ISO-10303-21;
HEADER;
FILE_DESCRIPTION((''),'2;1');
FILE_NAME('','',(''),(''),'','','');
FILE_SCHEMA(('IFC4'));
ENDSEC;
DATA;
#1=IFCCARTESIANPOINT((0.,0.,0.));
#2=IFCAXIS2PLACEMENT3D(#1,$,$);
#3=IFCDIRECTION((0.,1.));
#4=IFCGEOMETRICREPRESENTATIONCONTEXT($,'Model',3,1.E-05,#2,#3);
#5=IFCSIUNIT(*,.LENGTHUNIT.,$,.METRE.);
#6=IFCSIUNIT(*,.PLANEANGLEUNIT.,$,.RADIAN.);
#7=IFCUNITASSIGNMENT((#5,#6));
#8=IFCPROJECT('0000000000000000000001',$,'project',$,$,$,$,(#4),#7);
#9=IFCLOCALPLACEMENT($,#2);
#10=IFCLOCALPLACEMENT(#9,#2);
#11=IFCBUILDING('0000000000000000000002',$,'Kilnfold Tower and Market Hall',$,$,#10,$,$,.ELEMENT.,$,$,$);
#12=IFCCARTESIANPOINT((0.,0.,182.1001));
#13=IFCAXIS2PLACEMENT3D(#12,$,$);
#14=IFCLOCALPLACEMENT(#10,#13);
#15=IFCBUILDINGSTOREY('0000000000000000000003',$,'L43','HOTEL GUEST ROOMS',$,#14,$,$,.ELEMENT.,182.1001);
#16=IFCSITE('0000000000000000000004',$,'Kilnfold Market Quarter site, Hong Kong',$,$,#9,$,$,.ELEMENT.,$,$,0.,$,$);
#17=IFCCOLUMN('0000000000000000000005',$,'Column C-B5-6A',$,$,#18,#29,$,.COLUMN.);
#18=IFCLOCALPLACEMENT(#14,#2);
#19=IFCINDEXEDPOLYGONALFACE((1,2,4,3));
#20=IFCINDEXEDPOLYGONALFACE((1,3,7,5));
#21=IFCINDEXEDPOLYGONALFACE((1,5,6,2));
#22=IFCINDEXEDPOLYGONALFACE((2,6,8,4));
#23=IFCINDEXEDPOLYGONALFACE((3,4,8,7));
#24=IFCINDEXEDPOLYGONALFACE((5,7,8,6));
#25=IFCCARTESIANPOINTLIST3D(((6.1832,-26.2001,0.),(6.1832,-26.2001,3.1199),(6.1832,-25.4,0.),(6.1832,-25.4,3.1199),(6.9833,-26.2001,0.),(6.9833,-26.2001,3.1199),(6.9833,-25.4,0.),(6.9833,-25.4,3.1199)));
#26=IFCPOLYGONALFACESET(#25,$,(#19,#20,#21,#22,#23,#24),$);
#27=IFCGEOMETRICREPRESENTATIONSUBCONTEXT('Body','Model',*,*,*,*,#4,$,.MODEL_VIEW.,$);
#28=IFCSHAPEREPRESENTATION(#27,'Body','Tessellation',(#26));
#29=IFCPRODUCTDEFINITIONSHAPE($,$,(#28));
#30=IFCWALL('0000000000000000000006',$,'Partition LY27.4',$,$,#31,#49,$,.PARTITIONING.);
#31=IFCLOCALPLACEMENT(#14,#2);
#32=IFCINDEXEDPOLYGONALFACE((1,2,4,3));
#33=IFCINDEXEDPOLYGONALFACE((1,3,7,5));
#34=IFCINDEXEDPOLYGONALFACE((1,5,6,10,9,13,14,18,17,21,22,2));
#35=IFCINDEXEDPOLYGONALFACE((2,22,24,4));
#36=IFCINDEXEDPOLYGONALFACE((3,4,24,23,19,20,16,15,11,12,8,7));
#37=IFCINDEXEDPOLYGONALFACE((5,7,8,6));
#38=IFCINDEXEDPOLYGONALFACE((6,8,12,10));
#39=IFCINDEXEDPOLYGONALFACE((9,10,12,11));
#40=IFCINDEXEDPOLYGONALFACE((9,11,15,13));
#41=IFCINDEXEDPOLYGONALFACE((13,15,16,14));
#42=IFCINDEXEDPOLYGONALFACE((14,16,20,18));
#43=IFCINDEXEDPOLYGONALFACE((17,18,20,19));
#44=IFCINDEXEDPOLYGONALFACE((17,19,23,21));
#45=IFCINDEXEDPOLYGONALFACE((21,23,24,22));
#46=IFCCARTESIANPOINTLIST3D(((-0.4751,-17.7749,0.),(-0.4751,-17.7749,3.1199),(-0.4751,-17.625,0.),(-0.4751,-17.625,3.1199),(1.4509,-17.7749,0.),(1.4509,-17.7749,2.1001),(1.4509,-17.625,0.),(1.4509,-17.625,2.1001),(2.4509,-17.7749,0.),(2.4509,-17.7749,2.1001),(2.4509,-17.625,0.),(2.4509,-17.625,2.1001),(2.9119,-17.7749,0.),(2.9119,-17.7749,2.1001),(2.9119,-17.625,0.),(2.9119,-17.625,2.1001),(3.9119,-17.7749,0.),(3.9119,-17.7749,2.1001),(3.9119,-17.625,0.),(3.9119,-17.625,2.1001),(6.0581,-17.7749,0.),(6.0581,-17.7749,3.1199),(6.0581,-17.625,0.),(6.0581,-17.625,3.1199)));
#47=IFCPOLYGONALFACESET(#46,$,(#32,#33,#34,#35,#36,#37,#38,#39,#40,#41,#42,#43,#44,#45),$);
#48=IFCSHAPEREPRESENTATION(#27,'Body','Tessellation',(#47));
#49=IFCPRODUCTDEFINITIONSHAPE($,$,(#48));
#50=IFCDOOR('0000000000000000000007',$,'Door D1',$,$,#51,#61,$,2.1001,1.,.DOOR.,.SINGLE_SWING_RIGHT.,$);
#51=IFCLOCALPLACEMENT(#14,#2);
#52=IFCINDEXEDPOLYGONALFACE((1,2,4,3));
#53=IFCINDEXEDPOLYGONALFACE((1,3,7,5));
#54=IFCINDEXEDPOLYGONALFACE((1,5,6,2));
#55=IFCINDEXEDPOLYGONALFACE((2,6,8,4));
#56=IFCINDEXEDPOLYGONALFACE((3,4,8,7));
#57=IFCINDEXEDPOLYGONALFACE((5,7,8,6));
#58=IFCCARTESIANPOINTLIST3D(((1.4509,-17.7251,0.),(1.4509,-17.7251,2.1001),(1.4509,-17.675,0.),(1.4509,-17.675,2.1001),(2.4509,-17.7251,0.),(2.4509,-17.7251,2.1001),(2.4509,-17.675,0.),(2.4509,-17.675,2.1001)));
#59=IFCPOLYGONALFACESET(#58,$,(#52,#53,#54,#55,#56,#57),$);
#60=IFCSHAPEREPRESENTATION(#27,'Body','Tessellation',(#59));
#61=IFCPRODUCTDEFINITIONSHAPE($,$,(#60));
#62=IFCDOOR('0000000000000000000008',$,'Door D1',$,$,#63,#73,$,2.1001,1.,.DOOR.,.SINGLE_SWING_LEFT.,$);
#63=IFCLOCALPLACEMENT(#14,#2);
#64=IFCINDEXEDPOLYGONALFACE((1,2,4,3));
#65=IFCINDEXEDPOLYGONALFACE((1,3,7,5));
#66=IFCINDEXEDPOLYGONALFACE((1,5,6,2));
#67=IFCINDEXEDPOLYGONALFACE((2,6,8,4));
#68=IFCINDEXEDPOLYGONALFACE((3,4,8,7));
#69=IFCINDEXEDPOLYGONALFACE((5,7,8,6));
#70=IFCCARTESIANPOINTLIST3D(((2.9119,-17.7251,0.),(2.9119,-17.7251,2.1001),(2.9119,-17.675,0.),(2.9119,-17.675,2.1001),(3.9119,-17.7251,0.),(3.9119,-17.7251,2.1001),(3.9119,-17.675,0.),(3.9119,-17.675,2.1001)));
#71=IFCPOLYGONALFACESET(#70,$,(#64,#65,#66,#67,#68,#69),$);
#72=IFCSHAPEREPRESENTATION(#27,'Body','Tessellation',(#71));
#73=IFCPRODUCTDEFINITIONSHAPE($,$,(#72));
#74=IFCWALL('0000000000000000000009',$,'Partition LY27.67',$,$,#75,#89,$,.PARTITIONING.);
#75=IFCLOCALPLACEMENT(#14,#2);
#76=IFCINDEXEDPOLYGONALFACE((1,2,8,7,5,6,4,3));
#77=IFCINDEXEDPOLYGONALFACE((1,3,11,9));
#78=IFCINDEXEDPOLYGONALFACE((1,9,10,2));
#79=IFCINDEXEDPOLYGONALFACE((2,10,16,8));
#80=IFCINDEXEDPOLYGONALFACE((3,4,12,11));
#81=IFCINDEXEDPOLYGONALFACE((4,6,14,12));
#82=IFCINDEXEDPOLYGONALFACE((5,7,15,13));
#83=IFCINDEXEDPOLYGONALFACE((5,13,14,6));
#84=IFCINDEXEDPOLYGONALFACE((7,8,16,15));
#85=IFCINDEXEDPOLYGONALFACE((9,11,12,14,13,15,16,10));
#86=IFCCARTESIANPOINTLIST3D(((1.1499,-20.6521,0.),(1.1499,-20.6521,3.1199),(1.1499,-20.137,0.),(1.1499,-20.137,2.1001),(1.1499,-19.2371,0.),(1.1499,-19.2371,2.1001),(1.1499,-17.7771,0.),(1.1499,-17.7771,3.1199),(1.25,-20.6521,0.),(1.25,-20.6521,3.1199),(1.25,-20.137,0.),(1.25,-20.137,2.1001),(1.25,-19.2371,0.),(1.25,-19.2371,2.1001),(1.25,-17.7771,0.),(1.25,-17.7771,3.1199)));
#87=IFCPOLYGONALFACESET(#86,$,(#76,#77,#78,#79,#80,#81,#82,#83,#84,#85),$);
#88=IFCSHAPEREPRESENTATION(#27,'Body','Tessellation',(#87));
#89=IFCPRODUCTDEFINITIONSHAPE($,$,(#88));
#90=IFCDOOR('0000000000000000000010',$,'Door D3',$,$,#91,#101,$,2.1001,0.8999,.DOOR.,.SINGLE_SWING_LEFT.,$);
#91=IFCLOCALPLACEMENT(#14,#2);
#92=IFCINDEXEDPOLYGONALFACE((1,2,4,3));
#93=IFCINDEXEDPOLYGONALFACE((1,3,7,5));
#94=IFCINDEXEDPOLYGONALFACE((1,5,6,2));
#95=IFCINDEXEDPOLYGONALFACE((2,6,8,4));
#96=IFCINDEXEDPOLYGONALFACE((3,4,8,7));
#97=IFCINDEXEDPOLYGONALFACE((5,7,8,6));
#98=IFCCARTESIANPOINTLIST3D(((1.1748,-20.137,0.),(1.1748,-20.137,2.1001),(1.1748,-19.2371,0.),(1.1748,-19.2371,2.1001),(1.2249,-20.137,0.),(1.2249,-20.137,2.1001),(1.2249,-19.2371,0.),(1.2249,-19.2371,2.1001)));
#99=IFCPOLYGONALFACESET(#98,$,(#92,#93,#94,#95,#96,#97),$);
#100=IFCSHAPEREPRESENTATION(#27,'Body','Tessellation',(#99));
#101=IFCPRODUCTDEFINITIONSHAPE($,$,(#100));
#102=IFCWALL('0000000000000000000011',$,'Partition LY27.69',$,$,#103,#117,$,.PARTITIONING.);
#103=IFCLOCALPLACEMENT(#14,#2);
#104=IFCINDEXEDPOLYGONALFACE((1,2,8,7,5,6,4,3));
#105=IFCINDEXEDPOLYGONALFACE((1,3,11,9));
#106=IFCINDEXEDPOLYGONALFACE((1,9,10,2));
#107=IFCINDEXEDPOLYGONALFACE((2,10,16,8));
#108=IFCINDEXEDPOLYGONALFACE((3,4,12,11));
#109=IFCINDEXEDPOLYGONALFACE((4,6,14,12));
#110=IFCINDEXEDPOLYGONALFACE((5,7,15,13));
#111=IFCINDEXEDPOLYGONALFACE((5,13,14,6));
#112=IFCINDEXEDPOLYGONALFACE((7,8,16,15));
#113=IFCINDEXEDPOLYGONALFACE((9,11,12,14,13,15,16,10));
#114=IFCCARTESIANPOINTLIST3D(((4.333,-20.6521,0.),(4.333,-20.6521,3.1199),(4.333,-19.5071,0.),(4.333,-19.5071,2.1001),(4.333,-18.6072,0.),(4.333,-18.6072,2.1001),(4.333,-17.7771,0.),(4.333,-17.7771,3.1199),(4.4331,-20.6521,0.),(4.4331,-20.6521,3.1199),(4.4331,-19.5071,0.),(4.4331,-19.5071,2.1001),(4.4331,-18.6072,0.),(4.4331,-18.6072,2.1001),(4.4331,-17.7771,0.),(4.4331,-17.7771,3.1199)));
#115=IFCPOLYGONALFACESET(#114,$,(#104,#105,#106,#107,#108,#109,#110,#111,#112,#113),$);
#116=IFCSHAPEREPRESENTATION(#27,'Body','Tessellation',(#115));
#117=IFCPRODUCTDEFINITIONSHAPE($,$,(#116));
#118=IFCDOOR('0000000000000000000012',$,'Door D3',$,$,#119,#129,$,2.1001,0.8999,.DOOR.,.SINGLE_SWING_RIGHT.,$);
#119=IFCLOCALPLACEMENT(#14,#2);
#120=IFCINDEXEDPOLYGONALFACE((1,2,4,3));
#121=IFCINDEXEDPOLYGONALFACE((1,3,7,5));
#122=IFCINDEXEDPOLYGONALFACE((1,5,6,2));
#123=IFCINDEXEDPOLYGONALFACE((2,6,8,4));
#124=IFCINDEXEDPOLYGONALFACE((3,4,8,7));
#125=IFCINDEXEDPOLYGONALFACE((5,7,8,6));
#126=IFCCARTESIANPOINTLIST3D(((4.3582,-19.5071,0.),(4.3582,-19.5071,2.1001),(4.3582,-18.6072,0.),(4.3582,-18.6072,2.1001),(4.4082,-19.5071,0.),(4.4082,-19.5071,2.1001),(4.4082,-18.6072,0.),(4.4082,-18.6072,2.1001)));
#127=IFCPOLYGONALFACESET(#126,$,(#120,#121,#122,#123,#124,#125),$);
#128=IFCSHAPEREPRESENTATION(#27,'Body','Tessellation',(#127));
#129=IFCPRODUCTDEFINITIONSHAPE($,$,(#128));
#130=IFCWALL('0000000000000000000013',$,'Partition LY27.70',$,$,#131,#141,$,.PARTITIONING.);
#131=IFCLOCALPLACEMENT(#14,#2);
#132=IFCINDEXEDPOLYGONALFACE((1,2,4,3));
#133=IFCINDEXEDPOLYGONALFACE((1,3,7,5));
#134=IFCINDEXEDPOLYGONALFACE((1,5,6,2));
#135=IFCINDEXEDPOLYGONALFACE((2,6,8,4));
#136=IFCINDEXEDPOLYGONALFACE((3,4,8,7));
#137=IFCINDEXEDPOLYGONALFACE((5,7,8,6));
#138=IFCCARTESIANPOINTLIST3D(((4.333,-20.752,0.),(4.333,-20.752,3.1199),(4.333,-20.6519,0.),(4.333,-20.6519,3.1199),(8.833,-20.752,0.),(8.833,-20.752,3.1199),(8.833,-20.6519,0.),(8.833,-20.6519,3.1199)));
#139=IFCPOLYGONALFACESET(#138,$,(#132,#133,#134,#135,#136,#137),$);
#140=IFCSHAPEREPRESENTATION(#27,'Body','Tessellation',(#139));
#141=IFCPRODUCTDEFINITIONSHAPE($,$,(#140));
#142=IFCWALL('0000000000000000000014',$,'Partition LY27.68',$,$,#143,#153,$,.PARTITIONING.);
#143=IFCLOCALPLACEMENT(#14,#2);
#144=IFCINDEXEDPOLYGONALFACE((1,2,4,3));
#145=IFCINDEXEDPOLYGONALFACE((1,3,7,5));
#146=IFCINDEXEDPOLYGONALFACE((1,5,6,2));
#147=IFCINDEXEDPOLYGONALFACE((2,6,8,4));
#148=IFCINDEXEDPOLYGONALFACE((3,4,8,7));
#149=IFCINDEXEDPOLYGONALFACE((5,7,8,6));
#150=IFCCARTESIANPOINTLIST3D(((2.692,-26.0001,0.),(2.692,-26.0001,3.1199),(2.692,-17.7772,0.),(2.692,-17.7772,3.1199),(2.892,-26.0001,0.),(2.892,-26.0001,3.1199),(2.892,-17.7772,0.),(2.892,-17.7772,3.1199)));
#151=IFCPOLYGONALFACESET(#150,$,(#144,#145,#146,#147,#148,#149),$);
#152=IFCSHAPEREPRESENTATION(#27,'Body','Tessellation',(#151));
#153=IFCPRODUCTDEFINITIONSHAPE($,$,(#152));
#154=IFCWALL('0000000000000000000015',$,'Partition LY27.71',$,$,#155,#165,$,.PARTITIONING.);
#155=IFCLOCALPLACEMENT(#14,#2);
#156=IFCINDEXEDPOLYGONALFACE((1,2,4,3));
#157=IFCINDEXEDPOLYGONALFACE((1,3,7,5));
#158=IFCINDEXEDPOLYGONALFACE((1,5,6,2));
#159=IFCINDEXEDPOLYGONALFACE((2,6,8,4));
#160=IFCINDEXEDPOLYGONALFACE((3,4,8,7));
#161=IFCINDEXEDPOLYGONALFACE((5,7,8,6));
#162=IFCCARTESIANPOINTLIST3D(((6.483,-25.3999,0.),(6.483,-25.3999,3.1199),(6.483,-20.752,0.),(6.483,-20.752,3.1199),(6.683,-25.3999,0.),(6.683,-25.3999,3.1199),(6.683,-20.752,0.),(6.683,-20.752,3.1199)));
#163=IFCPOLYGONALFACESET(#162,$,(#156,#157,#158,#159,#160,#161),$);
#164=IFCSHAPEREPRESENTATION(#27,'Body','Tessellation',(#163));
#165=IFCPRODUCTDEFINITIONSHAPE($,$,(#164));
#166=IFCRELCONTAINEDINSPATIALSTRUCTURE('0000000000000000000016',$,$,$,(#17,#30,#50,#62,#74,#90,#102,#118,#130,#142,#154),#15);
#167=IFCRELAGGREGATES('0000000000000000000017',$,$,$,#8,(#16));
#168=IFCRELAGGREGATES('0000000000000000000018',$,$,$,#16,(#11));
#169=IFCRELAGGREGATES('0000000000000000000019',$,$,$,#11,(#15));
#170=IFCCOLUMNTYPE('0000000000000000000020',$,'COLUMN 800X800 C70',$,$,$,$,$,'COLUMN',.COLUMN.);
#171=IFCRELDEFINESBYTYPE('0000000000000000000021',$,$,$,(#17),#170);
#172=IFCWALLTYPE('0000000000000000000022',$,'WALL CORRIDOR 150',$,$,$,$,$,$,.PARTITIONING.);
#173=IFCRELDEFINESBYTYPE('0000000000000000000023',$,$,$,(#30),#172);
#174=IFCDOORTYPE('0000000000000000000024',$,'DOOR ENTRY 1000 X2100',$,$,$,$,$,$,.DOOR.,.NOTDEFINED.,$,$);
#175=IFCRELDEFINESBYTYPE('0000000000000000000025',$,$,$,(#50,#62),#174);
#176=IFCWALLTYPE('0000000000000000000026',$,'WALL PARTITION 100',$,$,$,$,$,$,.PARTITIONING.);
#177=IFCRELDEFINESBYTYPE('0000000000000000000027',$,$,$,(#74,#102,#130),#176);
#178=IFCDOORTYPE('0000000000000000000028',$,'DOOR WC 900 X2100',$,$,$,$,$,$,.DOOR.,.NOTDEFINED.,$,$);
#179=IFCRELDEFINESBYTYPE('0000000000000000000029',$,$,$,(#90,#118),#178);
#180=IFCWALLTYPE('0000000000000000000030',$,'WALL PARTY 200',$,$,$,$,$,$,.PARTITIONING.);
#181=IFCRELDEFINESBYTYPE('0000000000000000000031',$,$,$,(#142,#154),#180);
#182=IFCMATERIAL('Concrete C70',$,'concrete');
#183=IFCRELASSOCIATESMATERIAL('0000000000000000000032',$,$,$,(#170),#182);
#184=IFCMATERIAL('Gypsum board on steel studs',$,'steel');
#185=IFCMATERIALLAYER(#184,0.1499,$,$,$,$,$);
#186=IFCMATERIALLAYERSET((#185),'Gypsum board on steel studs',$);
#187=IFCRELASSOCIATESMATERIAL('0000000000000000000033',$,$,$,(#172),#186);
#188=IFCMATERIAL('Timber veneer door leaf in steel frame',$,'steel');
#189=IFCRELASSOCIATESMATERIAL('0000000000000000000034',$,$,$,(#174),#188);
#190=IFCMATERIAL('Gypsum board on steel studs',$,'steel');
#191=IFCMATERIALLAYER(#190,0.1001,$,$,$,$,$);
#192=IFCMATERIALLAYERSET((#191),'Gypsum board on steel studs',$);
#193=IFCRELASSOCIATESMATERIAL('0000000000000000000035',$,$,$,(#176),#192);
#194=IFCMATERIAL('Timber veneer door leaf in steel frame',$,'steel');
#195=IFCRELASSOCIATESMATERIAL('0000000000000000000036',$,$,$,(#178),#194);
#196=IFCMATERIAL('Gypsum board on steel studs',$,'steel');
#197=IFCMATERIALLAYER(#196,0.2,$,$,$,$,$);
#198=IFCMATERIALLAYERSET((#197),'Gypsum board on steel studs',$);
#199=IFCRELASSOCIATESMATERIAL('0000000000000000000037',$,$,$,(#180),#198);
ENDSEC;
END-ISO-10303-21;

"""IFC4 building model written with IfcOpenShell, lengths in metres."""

from ifc_helpers import new_model, si_unit, direction, frame, frame_2d, origin, origin_2d, place, context, subcontext, project, spatial, rectangle, extrude, source, transform, mapped, material, layer, layer_set, material_profile, profile_set, type_object, element, fill, save


model = new_model("IFC4")

# Units and contexts
model_context = context("Model", 3, precision=1e-05, world=origin(), true_north=direction((0.0, 1.0)))
body_context = subcontext(model_context, "Body", "Model", "MODEL_VIEW")
ifc_project = project(units=[si_unit("LENGTHUNIT", "METRE"), si_unit("PLANEANGLEUNIT", "RADIAN")], contexts=[model_context])

# Site, building, storey
site_placement = place(None, origin())
site = spatial("IfcSite", under=ifc_project, at=site_placement, Name="Kilnfold Market Quarter site, Hong Kong", CompositionType="ELEMENT", RefElevation=0.0)
building_placement = place(site_placement, origin())
building = spatial("IfcBuilding", under=site, at=building_placement, Name="Kilnfold Tower and Market Hall", CompositionType="ELEMENT")
storey_placement = place(building_placement, frame((0.0, 0.0, 182.1001)))
storey = spatial("IfcBuildingStorey", under=building, at=storey_placement, Name="L43", Description="HOTEL GUEST ROOMS", CompositionType="ELEMENT", Elevation=182.1001)

# Column
ifc_material_1 = material(Name="Concrete C70", Category="concrete")
ifc_material_profile_1 = material_profile(ifc_material_1, rectangle(XDim=0.8, YDim=0.8, at=origin_2d()), Name="RC 800x800")
ifc_profile_set_1 = profile_set([ifc_material_profile_1], Name="Concrete C70")
column_type = type_object("IfcColumnType", Name="COLUMN 800X800 C70", ElementType="COLUMN", PredefinedType="COLUMN", material=ifc_profile_set_1)
shared_shape_1 = source(origin(), body_context, "Body", "SweptSolid", [
    extrude(rectangle(XDim=0.8, YDim=0.8, at=origin_2d()), origin(), (0.0, 0.0, 1.0), 3.1199),
])
column_placement = place(storey_placement, frame((6.5833, -25.8, 0.0), z_axis=(0.0, 0.0, 1.0), x_axis=(1.0, 0.0, 0.0)))
element("IfcColumn", 1, at=column_placement, inside=storey, type_object=column_type, Name="Column C-B5-6A", PredefinedType="COLUMN", context=body_context, shape_type="MappedRepresentation", body=[
    mapped(shared_shape_1, transform((0.0, 0.0, 0.0))),
])

# Wall, openings, doors
ifc_material_2 = material(Name="Gypsum board on steel studs", Category="steel")
ifc_layer_1 = layer(ifc_material_2, 0.1499)
ifc_layer_set_1 = layer_set([ifc_layer_1], Name="Gypsum board on steel studs")
wall_type_1 = type_object("IfcWallType", Name="WALL CORRIDOR 150", PredefinedType="PARTITIONING", material=ifc_layer_set_1)
wall_1_placement = place(storey_placement, frame((-0.4751, -17.7, 0.0), z_axis=(0.0, 0.0, 1.0), x_axis=(1.0, 0.0, 0.0)))
wall_1 = element("IfcWall", 2, at=wall_1_placement, inside=storey, type_object=wall_type_1, Name="Partition LY27.4", PredefinedType="PARTITIONING", context=body_context, shape_type="SweptSolid", body=[
    extrude(rectangle(XDim=6.5332, YDim=0.1499, at=frame_2d((3.2666, 0.0))), origin(), (0.0, 0.0, 1.0), 3.1199),
])
opening_1_placement = place(wall_1_placement, frame((1.926, 0.0, 0.0)))
opening_1 = element("IfcOpeningElement", 3, at=opening_1_placement, cuts=wall_1, PredefinedType="OPENING", context=body_context, shape_type="SweptSolid", body=[
    extrude(rectangle(XDim=1.0, YDim=2.1001, at=frame_2d((0.5, 1.05))), frame((0.0, 0.085, 0.0), z_axis=(0.0, -1.0, 0.0), x_axis=(1.0, 0.0, 0.0)), (0.0, 0.0, 1.0), 0.1699),
])
opening_2_placement = place(wall_1_placement, frame((3.387, 0.0, 0.0)))
opening_2 = element("IfcOpeningElement", 4, at=opening_2_placement, cuts=wall_1, PredefinedType="OPENING", context=body_context, shape_type="SweptSolid", body=[
    extrude(rectangle(XDim=1.0, YDim=2.1001, at=frame_2d((0.5, 1.05))), frame((0.0, 0.085, 0.0), z_axis=(0.0, -1.0, 0.0), x_axis=(1.0, 0.0, 0.0)), (0.0, 0.0, 1.0), 0.1699),
])
ifc_material_3 = material(Name="Timber veneer door leaf in steel frame", Category="steel")
door_type_1 = type_object("IfcDoorType", Name="DOOR ENTRY 1000 X2100", OperationType="NOTDEFINED", PredefinedType="DOOR", material=ifc_material_3)
door_1_placement = place(opening_1_placement, origin())
door_1 = element("IfcDoor", 5, at=door_1_placement, inside=storey, type_object=door_type_1, Name="Door D1", OperationType="SINGLE_SWING_RIGHT", OverallHeight=2.1001, OverallWidth=1.0, PredefinedType="DOOR", context=body_context, shape_type="SweptSolid", body=[
    extrude(rectangle(XDim=1.0, YDim=2.1001, at=frame_2d((0.5, 1.05))), frame((0.0, 0.0249, 0.0), z_axis=(0.0, -1.0, 0.0), x_axis=(1.0, 0.0, 0.0)), (0.0, 0.0, 1.0), 0.05),
])
fill(opening_1, door_1)
door_2_placement = place(opening_2_placement, origin())
door_2 = element("IfcDoor", 6, at=door_2_placement, inside=storey, type_object=door_type_1, Name="Door D1", OperationType="SINGLE_SWING_LEFT", OverallHeight=2.1001, OverallWidth=1.0, PredefinedType="DOOR", context=body_context, shape_type="SweptSolid", body=[
    extrude(rectangle(XDim=1.0, YDim=2.1001, at=frame_2d((0.5, 1.05))), frame((0.0, 0.0249, 0.0), z_axis=(0.0, -1.0, 0.0), x_axis=(1.0, 0.0, 0.0)), (0.0, 0.0, 1.0), 0.05),
])
fill(opening_2, door_2)

# Walls, openings, doors
ifc_material_4 = material(Name="Gypsum board on steel studs", Category="steel")
ifc_layer_2 = layer(ifc_material_4, 0.1001)
ifc_layer_set_2 = layer_set([ifc_layer_2], Name="Gypsum board on steel studs")
wall_type_2 = type_object("IfcWallType", Name="WALL PARTITION 100", PredefinedType="PARTITIONING", material=ifc_layer_set_2)
wall_2_placement = place(storey_placement, frame((1.2, -17.7771, 0.0), z_axis=(0.0, 0.0, 1.0), x_axis=(0.0, -1.0, 0.0)))
wall_2 = element("IfcWall", 7, at=wall_2_placement, inside=storey, type_object=wall_type_2, Name="Partition LY27.67", PredefinedType="PARTITIONING", context=body_context, shape_type="SweptSolid", body=[
    extrude(rectangle(XDim=2.875, YDim=0.1001, at=frame_2d((1.4375, 0.0))), origin(), (0.0, 0.0, 1.0), 3.1199),
])
opening_3_placement = place(wall_2_placement, frame((1.46, 0.0, 0.0)))
opening_3 = element("IfcOpeningElement", 8, at=opening_3_placement, cuts=wall_2, PredefinedType="OPENING", context=body_context, shape_type="SweptSolid", body=[
    extrude(rectangle(XDim=0.8999, YDim=2.1001, at=frame_2d((0.45, 1.05))), frame((0.0, 0.0601, 0.0), z_axis=(0.0, -1.0, 0.0), x_axis=(1.0, 0.0, 0.0)), (0.0, 0.0, 1.0), 0.1201),
])
ifc_material_5 = material(Name="Timber veneer door leaf in steel frame", Category="steel")
door_type_2 = type_object("IfcDoorType", Name="DOOR WC 900 X2100", OperationType="NOTDEFINED", PredefinedType="DOOR", material=ifc_material_5)
door_3_placement = place(opening_3_placement, origin())
door_3 = element("IfcDoor", 9, at=door_3_placement, inside=storey, type_object=door_type_2, Name="Door D3", OperationType="SINGLE_SWING_LEFT", OverallHeight=2.1001, OverallWidth=0.8999, PredefinedType="DOOR", context=body_context, shape_type="SweptSolid", body=[
    extrude(rectangle(XDim=0.8999, YDim=2.1001, at=frame_2d((0.45, 1.05))), frame((0.0, 0.0249, 0.0), z_axis=(0.0, -1.0, 0.0), x_axis=(1.0, 0.0, 0.0)), (0.0, 0.0, 1.0), 0.05),
])
fill(opening_3, door_3)
wall_3_placement = place(storey_placement, frame((4.3831, -20.6521, 0.0), z_axis=(0.0, 0.0, 1.0), x_axis=(0.0, 1.0, 0.0)))
wall_3 = element("IfcWall", 10, at=wall_3_placement, inside=storey, type_object=wall_type_2, Name="Partition LY27.69", PredefinedType="PARTITIONING", context=body_context, shape_type="SweptSolid", body=[
    extrude(rectangle(XDim=2.875, YDim=0.1001, at=frame_2d((1.4375, 0.0))), origin(), (0.0, 0.0, 1.0), 3.1199),
])
opening_4_placement = place(wall_3_placement, frame((1.145, 0.0, 0.0)))
opening_4 = element("IfcOpeningElement", 11, at=opening_4_placement, cuts=wall_3, PredefinedType="OPENING", context=body_context, shape_type="SweptSolid", body=[
    extrude(rectangle(XDim=0.8999, YDim=2.1001, at=frame_2d((0.45, 1.05))), frame((0.0, 0.0601, 0.0), z_axis=(0.0, -1.0, 0.0), x_axis=(1.0, 0.0, 0.0)), (0.0, 0.0, 1.0), 0.1201),
])
door_4_placement = place(opening_4_placement, origin())
door_4 = element("IfcDoor", 12, at=door_4_placement, inside=storey, type_object=door_type_2, Name="Door D3", OperationType="SINGLE_SWING_RIGHT", OverallHeight=2.1001, OverallWidth=0.8999, PredefinedType="DOOR", context=body_context, shape_type="SweptSolid", body=[
    extrude(rectangle(XDim=0.8999, YDim=2.1001, at=frame_2d((0.45, 1.05))), frame((0.0, 0.0249, 0.0), z_axis=(0.0, -1.0, 0.0), x_axis=(1.0, 0.0, 0.0)), (0.0, 0.0, 1.0), 0.05),
])
fill(opening_4, door_4)

# Walls
wall_4_placement = place(storey_placement, frame((4.333, -20.7019, 0.0), z_axis=(0.0, 0.0, 1.0), x_axis=(1.0, 0.0, 0.0)))
element("IfcWall", 13, at=wall_4_placement, inside=storey, type_object=wall_type_2, Name="Partition LY27.70", PredefinedType="PARTITIONING", context=body_context, shape_type="SweptSolid", body=[
    extrude(rectangle(XDim=4.5, YDim=0.1001, at=frame_2d((2.25, 0.0))), origin(), (0.0, 0.0, 1.0), 3.1199),
])
ifc_material_6 = material(Name="Gypsum board on steel studs", Category="steel")
ifc_layer_3 = layer(ifc_material_6, 0.2)
ifc_layer_set_3 = layer_set([ifc_layer_3], Name="Gypsum board on steel studs")
wall_type_3 = type_object("IfcWallType", Name="WALL PARTY 200", PredefinedType="PARTITIONING", material=ifc_layer_set_3)
wall_5_placement = place(storey_placement, frame((2.792, -26.0, 0.0), z_axis=(0.0, 0.0, 1.0), x_axis=(0.0, 1.0, 0.0)))
element("IfcWall", 14, at=wall_5_placement, inside=storey, type_object=wall_type_3, Name="Partition LY27.68", PredefinedType="PARTITIONING", context=body_context, shape_type="SweptSolid", body=[
    extrude(rectangle(XDim=8.2229, YDim=0.2, at=frame_2d((4.1113, 0.0))), origin(), (0.0, 0.0, 1.0), 3.1199),
])
wall_6_placement = place(storey_placement, frame((6.583, -25.3999, 0.0), z_axis=(0.0, 0.0, 1.0), x_axis=(0.0, 1.0, 0.0)))
element("IfcWall", 15, at=wall_6_placement, inside=storey, type_object=wall_type_3, Name="Partition LY27.71", PredefinedType="PARTITIONING", context=body_context, shape_type="SweptSolid", body=[
    extrude(rectangle(XDim=4.6479, YDim=0.2, at=frame_2d((2.324, 0.0))), origin(), (0.0, 0.0, 1.0), 3.1199),
])

save(model, "model.ifc")
